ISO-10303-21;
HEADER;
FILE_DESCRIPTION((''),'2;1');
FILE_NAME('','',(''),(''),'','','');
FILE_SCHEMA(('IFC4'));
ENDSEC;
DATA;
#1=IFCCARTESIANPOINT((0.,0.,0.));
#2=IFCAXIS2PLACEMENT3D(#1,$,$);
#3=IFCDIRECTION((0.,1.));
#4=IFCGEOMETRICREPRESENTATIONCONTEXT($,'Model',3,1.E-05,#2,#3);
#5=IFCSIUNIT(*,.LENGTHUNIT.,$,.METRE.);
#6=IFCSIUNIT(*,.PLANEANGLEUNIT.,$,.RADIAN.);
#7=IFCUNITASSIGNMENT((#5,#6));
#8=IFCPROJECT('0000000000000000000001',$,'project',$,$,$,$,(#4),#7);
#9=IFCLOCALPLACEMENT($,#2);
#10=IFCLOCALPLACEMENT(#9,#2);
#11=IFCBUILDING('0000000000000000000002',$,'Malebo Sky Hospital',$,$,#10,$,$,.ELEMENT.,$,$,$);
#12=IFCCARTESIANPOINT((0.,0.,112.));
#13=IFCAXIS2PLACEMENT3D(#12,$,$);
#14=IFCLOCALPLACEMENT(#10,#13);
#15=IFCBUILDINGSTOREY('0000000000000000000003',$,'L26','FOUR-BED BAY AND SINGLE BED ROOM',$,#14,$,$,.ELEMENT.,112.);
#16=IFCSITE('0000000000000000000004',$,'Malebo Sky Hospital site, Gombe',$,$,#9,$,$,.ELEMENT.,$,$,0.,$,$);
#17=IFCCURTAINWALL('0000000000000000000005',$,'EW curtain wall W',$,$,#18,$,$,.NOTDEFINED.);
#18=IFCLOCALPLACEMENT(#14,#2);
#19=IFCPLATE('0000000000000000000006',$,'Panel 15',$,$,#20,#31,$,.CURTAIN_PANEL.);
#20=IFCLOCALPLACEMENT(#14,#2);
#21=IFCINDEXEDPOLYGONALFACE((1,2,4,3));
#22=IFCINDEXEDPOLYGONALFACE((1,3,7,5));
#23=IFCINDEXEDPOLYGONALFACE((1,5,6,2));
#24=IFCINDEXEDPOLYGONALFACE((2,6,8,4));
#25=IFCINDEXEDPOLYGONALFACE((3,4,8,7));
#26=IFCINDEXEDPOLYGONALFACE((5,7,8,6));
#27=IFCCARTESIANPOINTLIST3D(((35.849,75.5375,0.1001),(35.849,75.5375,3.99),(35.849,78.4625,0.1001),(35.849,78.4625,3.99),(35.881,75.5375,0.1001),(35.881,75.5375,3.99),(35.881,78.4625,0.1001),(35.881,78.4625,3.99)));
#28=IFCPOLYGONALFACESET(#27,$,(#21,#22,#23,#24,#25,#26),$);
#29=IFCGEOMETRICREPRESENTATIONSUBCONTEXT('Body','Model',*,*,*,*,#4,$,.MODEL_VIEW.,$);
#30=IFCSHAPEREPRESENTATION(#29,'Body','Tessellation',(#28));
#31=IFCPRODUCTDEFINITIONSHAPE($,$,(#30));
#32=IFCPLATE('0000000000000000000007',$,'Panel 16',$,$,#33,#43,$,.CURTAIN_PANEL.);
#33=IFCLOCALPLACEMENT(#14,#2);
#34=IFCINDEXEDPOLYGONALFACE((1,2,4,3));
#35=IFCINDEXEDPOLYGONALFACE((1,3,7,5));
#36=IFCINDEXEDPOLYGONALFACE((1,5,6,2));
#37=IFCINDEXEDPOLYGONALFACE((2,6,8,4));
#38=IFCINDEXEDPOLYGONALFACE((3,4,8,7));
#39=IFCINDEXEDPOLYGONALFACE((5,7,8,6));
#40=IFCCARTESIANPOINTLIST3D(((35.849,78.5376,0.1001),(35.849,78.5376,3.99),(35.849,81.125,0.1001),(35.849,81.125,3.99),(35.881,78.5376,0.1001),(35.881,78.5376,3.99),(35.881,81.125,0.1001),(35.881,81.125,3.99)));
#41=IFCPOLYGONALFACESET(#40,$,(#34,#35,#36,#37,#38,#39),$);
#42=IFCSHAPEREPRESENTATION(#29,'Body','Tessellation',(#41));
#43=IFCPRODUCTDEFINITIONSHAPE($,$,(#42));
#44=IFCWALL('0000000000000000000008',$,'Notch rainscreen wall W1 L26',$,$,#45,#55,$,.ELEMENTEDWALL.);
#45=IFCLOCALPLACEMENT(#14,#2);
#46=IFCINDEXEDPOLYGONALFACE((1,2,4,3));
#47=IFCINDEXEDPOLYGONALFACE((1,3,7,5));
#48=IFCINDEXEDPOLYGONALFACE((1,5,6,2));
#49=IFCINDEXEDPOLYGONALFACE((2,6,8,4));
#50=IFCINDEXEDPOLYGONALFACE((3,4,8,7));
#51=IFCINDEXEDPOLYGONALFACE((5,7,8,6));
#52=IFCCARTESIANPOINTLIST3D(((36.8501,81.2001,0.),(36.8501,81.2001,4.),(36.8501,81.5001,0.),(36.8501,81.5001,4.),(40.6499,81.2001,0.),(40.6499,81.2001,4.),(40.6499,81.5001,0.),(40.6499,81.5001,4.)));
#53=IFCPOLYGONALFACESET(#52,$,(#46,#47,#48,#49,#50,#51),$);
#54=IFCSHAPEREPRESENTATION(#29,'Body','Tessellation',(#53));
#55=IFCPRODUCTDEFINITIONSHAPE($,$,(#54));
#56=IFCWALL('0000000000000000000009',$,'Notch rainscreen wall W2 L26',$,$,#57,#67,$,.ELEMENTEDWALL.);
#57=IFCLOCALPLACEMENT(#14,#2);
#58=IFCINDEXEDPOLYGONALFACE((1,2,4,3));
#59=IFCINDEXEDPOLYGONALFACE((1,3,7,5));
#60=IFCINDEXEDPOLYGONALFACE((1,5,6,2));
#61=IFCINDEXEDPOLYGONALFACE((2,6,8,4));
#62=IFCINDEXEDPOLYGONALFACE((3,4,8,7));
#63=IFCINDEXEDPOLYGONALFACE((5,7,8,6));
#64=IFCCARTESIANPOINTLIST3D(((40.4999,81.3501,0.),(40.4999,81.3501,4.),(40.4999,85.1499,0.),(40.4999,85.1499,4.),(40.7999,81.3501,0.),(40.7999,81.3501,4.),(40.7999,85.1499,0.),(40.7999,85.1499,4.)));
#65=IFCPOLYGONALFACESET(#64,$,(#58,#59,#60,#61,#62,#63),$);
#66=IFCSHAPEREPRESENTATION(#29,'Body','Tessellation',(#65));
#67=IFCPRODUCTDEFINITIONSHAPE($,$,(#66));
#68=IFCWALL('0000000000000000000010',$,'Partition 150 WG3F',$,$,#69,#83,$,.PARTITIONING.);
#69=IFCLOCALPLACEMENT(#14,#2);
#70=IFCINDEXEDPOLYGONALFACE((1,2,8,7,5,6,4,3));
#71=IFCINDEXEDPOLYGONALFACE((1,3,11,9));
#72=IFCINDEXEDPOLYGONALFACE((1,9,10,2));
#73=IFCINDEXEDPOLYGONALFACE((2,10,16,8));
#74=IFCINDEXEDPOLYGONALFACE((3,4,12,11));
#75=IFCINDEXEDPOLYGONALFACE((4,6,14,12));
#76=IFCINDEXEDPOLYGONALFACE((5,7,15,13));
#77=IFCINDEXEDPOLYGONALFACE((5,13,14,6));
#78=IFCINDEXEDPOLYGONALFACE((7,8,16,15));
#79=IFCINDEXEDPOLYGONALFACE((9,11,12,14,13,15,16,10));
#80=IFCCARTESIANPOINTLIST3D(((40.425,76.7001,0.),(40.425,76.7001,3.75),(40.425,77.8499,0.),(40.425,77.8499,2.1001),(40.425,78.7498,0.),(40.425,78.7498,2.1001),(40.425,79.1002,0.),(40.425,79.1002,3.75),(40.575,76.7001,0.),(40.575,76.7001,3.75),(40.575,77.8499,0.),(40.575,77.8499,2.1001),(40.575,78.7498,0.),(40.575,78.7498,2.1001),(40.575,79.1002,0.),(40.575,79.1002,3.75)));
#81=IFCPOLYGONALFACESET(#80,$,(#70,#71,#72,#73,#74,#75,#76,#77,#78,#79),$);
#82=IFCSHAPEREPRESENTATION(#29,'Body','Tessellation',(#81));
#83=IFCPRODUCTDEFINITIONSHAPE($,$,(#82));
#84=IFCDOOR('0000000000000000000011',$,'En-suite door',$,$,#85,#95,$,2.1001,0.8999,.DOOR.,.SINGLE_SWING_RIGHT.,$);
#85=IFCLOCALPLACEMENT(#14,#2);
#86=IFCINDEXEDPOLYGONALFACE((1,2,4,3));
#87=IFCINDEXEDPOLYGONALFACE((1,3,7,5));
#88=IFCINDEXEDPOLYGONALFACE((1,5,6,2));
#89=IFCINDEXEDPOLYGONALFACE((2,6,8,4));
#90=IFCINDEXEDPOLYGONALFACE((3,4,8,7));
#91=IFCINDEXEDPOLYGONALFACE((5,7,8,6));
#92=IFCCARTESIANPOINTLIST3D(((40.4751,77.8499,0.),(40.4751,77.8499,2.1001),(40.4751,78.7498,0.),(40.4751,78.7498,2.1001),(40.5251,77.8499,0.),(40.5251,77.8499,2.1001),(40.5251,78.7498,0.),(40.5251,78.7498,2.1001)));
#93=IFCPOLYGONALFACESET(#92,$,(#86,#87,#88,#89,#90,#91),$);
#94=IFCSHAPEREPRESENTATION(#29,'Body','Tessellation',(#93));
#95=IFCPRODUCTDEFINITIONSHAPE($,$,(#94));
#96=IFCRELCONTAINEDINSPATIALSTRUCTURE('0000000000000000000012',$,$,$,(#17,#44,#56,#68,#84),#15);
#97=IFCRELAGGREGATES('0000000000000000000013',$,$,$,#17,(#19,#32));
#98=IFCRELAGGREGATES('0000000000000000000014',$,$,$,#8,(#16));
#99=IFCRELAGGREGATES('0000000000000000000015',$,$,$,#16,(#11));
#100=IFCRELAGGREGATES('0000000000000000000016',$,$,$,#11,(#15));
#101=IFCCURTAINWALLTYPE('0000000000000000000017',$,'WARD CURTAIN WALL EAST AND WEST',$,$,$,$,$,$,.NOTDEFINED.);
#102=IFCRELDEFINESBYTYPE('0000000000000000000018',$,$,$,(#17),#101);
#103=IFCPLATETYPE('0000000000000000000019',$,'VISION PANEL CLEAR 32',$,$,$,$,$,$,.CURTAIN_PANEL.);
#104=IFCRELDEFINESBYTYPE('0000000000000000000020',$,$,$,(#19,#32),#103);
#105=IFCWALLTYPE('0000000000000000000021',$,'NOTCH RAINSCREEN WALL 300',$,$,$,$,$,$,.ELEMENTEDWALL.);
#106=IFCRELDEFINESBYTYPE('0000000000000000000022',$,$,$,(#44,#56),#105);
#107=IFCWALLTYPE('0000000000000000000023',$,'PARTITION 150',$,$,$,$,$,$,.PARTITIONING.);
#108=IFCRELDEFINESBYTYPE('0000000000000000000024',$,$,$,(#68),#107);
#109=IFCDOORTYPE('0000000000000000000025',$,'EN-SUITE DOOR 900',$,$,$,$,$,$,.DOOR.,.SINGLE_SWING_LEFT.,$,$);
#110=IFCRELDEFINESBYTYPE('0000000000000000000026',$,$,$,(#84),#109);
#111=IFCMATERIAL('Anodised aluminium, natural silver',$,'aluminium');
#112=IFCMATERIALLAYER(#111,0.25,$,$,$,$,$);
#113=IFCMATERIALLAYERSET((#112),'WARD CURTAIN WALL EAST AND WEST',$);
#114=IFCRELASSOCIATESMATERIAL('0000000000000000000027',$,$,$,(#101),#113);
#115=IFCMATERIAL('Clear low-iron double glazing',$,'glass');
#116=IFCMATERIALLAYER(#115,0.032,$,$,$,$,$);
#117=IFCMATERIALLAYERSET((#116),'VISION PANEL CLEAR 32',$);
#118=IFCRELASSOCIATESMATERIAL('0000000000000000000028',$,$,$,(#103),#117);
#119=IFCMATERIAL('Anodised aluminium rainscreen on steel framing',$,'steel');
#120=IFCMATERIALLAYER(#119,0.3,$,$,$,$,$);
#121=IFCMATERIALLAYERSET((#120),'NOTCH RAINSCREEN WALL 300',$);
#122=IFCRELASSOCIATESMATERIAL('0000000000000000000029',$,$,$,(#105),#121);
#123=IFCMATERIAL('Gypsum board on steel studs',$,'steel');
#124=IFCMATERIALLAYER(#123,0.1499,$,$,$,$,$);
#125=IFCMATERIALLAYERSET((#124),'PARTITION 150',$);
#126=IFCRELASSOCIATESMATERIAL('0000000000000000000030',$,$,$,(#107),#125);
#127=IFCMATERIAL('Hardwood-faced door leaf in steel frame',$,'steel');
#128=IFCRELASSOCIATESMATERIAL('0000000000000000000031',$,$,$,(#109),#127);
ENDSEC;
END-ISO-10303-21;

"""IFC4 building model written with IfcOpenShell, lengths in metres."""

from ifc_helpers import new_model, si_unit, direction, frame, frame_2d, origin, origin_2d, place, context, subcontext, project, spatial, rectangle, extrude, material, layer, layer_set, type_object, element, fill, aggregate, save


model = new_model("IFC4")

# Units and contexts
model_context = context("Model", 3, precision=1e-05, world=origin(), true_north=direction((0.0, 1.0)))
body_context = subcontext(model_context, "Body", "Model", "MODEL_VIEW")
ifc_project = project(units=[si_unit("LENGTHUNIT", "METRE"), si_unit("PLANEANGLEUNIT", "RADIAN")], contexts=[model_context])

# Site, building, storey
site_placement = place(None, origin())
site = spatial("IfcSite", under=ifc_project, at=site_placement, Name="Malebo Sky Hospital site, Gombe", CompositionType="ELEMENT", RefElevation=0.0)
building_placement = place(site_placement, origin())
building = spatial("IfcBuilding", under=site, at=building_placement, Name="Malebo Sky Hospital", CompositionType="ELEMENT")
storey_placement = place(building_placement, frame((0.0, 0.0, 112.0)))
storey = spatial("IfcBuildingStorey", under=building, at=storey_placement, Name="L26", Description="FOUR-BED BAY AND SINGLE BED ROOM", CompositionType="ELEMENT", Elevation=112.0)

# Shared definitions
ifc_material_1 = material(Name="Anodised aluminium, natural silver", Category="aluminium")

# Curtain wall
ifc_layer_1 = layer(ifc_material_1, 0.25)
ifc_layer_set_1 = layer_set([ifc_layer_1], Name="WARD CURTAIN WALL EAST AND WEST")
curtain_wall_type_1 = type_object("IfcCurtainWallType", Name="WARD CURTAIN WALL EAST AND WEST", PredefinedType="NOTDEFINED", material=ifc_layer_set_1)
curtain_wall_1_placement = place(storey_placement, origin())
curtain_wall_1 = element("IfcCurtainWall", 1, at=curtain_wall_1_placement, inside=storey, type_object=curtain_wall_type_1, Name="EW curtain wall W", PredefinedType="NOTDEFINED")

# Plates
ifc_material_2 = material(Name="Clear low-iron double glazing", Category="glass")
ifc_layer_2 = layer(ifc_material_2, 0.032)
ifc_layer_set_2 = layer_set([ifc_layer_2], Name="VISION PANEL CLEAR 32")
plate_type = type_object("IfcPlateType", Name="VISION PANEL CLEAR 32", PredefinedType="CURTAIN_PANEL", material=ifc_layer_set_2)
plate_1_placement = place(storey_placement, frame((35.865, 77.0, 0.1001), z_axis=(0.0, 0.0, 1.0), x_axis=(0.0, 1.0, 0.0)))
plate_1 = element("IfcPlate", 2, at=plate_1_placement, type_object=plate_type, Name="Panel 15", PredefinedType="CURTAIN_PANEL", context=body_context, shape_type="SweptSolid", body=[
    extrude(rectangle(XDim=2.925, YDim=0.032, at=origin_2d()), origin(), (0.0, 0.0, 1.0), 3.8899),
])
plate_2_placement = place(storey_placement, frame((35.865, 79.8313, 0.1001), z_axis=(0.0, 0.0, 1.0), x_axis=(0.0, 1.0, 0.0)))
plate_2 = element("IfcPlate", 3, at=plate_2_placement, type_object=plate_type, Name="Panel 16", PredefinedType="CURTAIN_PANEL", context=body_context, shape_type="SweptSolid", body=[
    extrude(rectangle(XDim=2.5874, YDim=0.032, at=origin_2d()), origin(), (0.0, 0.0, 1.0), 3.8899),
])
aggregate(curtain_wall_1, [plate_1, plate_2])

# Walls
ifc_material_3 = material(Name="Anodised aluminium rainscreen on steel framing", Category="steel")
ifc_layer_3 = layer(ifc_material_3, 0.3)
ifc_layer_set_3 = layer_set([ifc_layer_3], Name="NOTCH RAINSCREEN WALL 300")
wall_type_1 = type_object("IfcWallType", Name="NOTCH RAINSCREEN WALL 300", PredefinedType="ELEMENTEDWALL", material=ifc_layer_set_3)
for number, where, z_axis, x_axis, name in (
    (4, (36.8501, 81.3501, 0.0), (0.0, 0.0, 1.0), (1.0, 0.0, 0.0), "Notch rainscreen wall W1 L26"),
    (5, (40.6499, 81.3501, 0.0), (0.0, 0.0, 1.0), (0.0, 1.0, 0.0), "Notch rainscreen wall W2 L26"),
):
    element("IfcWall", number, at=place(storey_placement, frame(where, z_axis=z_axis, x_axis=x_axis)), inside=storey, type_object=wall_type_1, Name=name, PredefinedType="ELEMENTEDWALL", context=body_context, shape_type="SweptSolid", body=[
        extrude(rectangle(XDim=3.7998, YDim=0.3, at=frame_2d((1.8999, 0.0))), origin(), (0.0, 0.0, 1.0), 4.0),
    ])

# Wall, opening, door
ifc_material_4 = material(Name="Gypsum board on steel studs", Category="steel")
ifc_layer_4 = layer(ifc_material_4, 0.1499)
ifc_layer_set_4 = layer_set([ifc_layer_4], Name="PARTITION 150")
wall_type_2 = type_object("IfcWallType", Name="PARTITION 150", PredefinedType="PARTITIONING", material=ifc_layer_set_4)
wall_placement = place(storey_placement, frame((40.5, 76.7, 0.0), z_axis=(0.0, 0.0, 1.0), x_axis=(0.0, 1.0, 0.0)))
wall = element("IfcWall", 6, at=wall_placement, inside=storey, type_object=wall_type_2, Name="Partition 150 WG3F", PredefinedType="PARTITIONING", context=body_context, shape_type="SweptSolid", body=[
    extrude(rectangle(XDim=2.4001, YDim=0.1499, at=frame_2d((1.2002, 0.0))), origin(), (0.0, 0.0, 1.0), 3.75),
])
opening_placement = place(wall_placement, frame((1.1499, 0.0, 0.0)))
opening = element("IfcOpeningElement", 7, at=opening_placement, cuts=wall, PredefinedType="OPENING", context=body_context, shape_type="SweptSolid", body=[
    extrude(rectangle(XDim=0.8999, YDim=2.1001, at=frame_2d((0.45, 1.05))), frame((0.0, 0.085, 0.0), z_axis=(0.0, -1.0, 0.0), x_axis=(1.0, 0.0, 0.0)), (0.0, 0.0, 1.0), 0.1699),
])
ifc_material_5 = material(Name="Hardwood-faced door leaf in steel frame", Category="steel")
door_type = type_object("IfcDoorType", Name="EN-SUITE DOOR 900", OperationType="SINGLE_SWING_LEFT", PredefinedType="DOOR", material=ifc_material_5)
door_placement = place(opening_placement, origin())
door = element("IfcDoor", 8, at=door_placement, inside=storey, type_object=door_type, Name="En-suite door", OperationType="SINGLE_SWING_RIGHT", OverallHeight=2.1001, OverallWidth=0.8999, PredefinedType="DOOR", context=body_context, shape_type="SweptSolid", body=[
    extrude(rectangle(XDim=0.8999, YDim=2.1001, at=frame_2d((0.45, 1.05))), frame((0.0, 0.0249, 0.0), z_axis=(0.0, -1.0, 0.0), x_axis=(1.0, 0.0, 0.0)), (0.0, 0.0, 1.0), 0.05),
])
fill(opening, door)

save(model, "model.ifc")
